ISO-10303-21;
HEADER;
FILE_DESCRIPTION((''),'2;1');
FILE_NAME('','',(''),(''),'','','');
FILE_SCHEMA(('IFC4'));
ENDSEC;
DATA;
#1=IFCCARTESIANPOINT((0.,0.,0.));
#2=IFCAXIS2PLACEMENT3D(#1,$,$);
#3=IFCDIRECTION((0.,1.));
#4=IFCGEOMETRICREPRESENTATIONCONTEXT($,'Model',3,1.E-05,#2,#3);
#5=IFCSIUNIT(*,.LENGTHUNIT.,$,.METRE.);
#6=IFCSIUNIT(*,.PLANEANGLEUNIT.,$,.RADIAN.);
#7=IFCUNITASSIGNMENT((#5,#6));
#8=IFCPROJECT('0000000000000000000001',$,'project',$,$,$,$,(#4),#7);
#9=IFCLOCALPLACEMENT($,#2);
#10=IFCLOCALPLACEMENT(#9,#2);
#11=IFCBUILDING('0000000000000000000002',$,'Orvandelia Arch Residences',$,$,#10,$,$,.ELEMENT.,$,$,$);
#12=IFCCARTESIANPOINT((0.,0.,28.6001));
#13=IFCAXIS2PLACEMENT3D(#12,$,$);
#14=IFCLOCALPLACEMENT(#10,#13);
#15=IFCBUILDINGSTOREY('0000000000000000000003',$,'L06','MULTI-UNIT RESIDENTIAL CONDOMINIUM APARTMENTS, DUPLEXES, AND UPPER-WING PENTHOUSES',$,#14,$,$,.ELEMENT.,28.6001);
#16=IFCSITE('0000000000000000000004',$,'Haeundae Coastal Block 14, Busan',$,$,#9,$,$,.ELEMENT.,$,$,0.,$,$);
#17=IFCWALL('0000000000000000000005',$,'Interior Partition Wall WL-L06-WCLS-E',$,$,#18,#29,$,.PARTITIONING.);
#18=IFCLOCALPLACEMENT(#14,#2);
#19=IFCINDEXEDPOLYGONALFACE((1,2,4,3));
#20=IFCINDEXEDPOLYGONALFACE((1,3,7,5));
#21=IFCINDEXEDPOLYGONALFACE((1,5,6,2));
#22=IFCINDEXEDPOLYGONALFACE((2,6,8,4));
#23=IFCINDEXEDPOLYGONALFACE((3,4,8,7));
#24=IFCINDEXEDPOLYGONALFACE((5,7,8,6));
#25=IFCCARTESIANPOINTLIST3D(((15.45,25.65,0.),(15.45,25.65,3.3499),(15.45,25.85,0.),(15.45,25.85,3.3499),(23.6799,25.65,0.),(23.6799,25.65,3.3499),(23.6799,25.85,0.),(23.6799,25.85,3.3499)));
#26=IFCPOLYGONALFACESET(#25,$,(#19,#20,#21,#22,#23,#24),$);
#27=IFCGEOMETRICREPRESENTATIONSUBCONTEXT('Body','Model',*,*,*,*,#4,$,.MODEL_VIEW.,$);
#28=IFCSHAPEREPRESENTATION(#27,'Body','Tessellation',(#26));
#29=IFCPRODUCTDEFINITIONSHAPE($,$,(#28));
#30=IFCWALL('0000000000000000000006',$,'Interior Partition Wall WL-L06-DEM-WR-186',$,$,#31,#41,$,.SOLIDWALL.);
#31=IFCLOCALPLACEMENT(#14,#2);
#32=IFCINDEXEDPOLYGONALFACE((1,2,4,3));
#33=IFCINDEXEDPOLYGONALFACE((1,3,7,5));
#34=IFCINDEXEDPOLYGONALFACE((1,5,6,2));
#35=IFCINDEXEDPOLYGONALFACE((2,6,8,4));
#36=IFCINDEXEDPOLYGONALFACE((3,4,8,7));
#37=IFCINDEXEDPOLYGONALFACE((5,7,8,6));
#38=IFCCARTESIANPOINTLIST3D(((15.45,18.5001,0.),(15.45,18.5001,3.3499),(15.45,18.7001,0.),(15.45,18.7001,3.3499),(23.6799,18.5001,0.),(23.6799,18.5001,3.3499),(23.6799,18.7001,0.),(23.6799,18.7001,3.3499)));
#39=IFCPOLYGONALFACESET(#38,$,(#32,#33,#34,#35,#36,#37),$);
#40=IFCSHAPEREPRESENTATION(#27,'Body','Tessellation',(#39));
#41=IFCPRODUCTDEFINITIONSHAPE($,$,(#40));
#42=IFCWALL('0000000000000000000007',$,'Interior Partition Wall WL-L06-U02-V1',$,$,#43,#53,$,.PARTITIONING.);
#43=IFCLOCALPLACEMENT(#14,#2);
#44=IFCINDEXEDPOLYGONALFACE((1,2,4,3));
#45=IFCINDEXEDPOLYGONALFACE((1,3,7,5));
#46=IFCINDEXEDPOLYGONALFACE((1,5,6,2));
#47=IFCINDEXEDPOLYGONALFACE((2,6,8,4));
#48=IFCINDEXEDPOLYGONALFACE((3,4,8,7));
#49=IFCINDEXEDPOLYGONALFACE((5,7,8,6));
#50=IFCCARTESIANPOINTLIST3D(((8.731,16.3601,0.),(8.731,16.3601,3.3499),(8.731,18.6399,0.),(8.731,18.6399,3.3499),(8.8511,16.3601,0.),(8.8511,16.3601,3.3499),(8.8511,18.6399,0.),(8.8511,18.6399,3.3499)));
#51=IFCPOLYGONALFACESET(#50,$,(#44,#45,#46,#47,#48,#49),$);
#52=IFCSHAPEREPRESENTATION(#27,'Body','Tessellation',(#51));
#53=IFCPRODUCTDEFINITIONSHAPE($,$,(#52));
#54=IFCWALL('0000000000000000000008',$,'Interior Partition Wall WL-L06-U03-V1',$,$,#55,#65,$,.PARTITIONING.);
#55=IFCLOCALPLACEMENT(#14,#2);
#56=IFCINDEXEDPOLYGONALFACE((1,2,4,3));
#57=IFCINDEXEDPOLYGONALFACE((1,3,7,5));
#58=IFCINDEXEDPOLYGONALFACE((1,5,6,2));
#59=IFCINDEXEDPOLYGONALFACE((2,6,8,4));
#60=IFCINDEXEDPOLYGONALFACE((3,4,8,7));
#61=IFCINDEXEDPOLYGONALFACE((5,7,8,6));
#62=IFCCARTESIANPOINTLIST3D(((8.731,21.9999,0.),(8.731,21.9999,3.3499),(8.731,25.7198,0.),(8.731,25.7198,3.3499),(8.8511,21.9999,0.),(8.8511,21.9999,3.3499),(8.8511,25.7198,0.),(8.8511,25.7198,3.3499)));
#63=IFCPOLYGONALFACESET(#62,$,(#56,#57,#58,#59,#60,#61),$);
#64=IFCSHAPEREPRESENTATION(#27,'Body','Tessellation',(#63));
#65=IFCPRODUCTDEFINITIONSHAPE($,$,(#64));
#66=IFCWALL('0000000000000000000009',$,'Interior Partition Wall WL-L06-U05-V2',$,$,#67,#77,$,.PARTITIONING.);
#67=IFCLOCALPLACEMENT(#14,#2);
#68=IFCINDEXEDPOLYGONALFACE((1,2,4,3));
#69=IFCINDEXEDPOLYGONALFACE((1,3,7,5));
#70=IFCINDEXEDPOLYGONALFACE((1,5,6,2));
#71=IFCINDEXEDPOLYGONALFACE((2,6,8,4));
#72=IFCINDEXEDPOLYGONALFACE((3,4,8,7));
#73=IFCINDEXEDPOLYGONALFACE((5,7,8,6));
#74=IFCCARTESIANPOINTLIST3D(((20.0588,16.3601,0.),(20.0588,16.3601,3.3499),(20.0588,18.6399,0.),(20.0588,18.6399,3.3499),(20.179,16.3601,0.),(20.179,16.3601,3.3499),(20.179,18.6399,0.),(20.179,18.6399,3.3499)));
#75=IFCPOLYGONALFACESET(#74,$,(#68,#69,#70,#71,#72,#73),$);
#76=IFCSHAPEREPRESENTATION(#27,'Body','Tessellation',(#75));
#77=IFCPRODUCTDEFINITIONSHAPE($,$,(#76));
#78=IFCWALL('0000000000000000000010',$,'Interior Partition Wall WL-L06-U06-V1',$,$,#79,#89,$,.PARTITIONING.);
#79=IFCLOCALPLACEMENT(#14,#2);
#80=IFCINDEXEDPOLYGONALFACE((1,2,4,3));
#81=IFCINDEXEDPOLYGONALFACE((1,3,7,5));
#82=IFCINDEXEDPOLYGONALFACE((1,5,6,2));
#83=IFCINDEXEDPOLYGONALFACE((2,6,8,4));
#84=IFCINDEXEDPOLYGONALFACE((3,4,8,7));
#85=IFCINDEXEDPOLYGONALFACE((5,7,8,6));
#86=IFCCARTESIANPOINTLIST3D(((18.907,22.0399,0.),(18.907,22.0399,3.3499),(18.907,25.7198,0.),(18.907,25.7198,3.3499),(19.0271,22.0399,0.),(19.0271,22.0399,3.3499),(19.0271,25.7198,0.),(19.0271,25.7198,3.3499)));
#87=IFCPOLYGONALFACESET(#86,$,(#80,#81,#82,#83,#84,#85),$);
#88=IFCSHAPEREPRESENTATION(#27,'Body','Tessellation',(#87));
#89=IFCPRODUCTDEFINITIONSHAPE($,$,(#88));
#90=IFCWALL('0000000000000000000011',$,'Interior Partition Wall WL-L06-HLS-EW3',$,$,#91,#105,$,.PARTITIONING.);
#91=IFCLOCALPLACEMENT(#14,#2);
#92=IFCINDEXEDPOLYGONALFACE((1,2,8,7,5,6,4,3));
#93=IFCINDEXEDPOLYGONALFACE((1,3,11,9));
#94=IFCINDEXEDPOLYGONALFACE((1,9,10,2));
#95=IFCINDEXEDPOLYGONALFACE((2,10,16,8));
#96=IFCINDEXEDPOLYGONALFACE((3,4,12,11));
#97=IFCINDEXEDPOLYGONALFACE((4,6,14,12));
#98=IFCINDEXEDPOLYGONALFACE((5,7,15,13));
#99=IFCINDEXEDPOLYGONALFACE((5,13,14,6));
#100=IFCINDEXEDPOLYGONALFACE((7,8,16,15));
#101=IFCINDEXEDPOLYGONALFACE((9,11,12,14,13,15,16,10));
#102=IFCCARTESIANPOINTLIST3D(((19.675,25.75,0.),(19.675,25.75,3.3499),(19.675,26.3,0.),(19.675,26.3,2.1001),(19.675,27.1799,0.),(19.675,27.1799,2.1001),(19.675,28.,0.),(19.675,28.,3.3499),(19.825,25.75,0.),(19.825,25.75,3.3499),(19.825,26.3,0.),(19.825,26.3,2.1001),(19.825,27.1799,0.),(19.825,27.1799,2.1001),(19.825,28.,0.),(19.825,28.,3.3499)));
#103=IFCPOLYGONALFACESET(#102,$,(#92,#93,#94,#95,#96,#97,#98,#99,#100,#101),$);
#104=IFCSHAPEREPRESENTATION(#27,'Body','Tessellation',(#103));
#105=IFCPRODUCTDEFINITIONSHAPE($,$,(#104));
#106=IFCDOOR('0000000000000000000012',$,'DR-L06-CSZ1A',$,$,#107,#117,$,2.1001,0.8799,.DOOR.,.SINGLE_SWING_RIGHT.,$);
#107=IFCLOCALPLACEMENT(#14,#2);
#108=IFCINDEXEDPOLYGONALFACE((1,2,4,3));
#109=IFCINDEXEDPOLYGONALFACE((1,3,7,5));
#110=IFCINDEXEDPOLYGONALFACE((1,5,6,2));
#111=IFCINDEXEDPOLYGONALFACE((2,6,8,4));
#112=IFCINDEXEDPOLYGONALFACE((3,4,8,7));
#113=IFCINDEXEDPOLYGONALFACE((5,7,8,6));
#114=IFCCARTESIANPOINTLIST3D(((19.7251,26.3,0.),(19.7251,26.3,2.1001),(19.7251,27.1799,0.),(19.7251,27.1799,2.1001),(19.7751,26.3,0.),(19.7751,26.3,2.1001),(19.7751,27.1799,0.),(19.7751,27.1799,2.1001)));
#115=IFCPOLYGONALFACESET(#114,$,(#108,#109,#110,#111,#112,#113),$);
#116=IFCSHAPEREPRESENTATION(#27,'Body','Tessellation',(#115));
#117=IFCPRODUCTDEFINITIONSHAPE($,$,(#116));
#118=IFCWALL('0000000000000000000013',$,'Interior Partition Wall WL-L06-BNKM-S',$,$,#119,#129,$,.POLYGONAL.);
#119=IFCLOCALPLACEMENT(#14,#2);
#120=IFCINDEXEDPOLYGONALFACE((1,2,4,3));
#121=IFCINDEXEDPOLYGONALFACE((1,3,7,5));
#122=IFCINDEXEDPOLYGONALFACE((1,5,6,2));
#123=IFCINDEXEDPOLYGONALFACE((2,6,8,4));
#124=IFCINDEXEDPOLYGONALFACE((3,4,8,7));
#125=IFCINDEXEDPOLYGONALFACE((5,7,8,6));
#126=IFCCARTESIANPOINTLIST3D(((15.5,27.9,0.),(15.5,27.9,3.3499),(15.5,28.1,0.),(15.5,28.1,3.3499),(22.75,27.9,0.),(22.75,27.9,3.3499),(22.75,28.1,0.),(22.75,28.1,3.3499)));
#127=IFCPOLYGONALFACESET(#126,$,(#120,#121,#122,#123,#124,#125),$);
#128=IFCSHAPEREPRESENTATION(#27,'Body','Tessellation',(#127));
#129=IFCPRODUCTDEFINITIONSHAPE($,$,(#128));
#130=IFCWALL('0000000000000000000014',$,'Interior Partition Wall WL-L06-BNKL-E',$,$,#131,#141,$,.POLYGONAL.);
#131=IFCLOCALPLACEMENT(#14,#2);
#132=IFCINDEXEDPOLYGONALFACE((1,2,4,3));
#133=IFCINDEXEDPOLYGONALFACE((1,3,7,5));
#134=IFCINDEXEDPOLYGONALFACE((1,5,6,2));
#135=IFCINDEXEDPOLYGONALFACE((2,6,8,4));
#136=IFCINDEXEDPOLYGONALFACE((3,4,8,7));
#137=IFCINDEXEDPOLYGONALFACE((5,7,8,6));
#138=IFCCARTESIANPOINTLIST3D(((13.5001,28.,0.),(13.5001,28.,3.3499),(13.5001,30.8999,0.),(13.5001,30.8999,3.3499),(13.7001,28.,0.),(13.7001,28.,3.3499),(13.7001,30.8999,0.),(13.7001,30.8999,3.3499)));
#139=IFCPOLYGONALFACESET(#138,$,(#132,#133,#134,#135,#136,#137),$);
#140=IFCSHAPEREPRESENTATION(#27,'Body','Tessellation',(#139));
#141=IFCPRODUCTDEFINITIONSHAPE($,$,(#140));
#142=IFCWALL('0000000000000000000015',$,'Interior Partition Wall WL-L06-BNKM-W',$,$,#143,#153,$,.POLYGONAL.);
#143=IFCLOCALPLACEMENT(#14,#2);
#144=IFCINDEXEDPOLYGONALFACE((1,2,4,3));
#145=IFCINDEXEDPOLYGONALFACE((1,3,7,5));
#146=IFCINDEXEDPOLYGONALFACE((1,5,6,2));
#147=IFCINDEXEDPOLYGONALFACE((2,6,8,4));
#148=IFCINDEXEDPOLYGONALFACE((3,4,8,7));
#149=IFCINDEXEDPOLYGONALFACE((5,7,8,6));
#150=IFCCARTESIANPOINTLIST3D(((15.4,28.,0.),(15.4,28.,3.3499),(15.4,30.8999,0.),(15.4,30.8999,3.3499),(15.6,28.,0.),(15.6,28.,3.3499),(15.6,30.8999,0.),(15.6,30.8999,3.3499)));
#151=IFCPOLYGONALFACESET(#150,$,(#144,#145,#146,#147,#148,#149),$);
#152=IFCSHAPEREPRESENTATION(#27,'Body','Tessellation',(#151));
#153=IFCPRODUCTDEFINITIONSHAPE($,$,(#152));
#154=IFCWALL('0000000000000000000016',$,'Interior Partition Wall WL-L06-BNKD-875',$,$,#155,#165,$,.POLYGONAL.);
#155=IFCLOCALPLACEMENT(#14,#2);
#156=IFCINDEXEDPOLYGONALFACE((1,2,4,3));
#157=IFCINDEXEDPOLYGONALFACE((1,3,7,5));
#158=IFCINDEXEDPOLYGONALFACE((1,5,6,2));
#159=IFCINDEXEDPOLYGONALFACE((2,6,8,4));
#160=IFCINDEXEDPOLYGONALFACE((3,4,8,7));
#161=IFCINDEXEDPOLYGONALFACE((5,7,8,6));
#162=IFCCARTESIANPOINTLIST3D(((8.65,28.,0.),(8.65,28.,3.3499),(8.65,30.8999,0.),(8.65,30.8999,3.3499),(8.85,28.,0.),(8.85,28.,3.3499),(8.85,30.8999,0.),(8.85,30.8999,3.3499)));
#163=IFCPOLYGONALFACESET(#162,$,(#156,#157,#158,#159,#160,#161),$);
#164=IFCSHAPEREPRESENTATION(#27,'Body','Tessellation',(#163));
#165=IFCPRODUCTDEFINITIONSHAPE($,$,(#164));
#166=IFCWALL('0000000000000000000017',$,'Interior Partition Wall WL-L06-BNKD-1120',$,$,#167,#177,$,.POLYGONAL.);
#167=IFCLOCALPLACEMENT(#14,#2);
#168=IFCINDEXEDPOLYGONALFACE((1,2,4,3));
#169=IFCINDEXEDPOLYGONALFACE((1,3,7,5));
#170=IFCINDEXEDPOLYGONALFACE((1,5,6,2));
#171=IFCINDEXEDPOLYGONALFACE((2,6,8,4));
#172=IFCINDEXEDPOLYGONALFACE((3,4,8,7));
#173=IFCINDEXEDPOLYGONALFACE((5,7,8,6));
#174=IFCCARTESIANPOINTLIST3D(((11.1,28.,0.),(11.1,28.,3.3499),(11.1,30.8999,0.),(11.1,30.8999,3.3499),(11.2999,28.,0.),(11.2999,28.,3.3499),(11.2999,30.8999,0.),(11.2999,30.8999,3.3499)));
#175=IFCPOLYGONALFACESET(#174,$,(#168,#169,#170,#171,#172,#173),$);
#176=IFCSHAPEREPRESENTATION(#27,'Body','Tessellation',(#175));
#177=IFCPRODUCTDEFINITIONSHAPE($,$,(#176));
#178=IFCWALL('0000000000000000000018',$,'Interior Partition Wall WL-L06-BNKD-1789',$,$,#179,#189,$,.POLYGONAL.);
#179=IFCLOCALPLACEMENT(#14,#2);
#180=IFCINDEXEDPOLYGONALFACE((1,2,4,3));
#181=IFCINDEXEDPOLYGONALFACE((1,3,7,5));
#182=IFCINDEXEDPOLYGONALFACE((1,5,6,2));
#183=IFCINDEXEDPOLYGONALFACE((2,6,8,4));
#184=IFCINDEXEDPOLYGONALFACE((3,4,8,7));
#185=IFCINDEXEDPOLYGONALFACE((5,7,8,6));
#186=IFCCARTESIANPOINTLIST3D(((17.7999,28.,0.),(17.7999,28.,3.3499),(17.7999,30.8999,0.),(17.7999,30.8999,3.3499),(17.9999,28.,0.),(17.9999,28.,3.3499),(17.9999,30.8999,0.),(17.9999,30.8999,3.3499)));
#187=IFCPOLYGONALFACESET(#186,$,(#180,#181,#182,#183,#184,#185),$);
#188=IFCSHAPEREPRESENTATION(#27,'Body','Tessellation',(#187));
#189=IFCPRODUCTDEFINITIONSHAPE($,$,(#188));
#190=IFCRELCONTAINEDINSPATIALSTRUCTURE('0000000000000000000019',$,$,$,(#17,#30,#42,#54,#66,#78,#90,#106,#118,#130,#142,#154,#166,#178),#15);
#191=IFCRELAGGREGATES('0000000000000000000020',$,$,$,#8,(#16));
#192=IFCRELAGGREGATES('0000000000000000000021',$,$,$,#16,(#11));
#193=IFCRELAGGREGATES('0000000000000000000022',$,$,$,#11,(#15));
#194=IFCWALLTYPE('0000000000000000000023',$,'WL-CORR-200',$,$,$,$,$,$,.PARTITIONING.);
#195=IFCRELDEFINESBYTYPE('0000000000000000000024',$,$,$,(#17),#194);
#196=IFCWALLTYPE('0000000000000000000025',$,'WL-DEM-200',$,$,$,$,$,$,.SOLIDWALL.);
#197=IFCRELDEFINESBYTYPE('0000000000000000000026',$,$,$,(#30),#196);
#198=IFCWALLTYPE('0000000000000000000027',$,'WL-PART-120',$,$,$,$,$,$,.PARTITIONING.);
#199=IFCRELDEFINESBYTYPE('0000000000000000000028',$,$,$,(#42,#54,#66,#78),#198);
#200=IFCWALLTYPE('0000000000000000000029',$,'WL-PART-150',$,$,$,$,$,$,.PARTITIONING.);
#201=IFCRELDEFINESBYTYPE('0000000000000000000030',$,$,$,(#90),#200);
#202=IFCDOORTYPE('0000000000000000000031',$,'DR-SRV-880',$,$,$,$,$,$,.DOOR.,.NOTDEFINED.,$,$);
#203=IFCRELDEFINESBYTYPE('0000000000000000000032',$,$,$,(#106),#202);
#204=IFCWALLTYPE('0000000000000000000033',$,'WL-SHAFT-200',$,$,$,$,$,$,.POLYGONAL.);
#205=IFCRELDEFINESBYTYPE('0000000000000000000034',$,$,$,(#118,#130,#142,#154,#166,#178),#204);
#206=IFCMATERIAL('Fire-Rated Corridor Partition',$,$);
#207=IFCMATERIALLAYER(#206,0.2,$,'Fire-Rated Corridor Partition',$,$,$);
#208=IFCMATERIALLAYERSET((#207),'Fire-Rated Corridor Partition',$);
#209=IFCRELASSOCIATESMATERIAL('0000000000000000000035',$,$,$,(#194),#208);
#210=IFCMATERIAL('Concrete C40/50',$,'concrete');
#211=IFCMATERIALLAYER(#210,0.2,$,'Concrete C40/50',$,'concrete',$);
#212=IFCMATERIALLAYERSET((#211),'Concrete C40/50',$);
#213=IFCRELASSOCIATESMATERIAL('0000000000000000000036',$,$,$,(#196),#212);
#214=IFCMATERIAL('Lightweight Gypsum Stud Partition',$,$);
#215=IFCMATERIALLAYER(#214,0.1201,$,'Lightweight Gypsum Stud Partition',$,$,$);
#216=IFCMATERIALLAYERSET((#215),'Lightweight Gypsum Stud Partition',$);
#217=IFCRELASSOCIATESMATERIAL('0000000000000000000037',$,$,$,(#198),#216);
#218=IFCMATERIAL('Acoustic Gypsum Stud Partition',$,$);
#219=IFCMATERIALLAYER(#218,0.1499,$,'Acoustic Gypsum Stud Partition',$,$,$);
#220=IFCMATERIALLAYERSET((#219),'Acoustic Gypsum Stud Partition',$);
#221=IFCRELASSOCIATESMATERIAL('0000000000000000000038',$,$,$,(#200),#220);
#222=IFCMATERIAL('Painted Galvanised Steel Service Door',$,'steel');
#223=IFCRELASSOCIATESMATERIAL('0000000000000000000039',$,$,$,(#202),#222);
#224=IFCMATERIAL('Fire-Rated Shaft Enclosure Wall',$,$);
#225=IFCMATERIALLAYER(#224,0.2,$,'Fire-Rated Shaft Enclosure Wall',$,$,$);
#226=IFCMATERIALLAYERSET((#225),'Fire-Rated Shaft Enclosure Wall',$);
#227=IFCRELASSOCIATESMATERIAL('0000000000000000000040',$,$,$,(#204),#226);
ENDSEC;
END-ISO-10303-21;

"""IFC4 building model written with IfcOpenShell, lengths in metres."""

from ifc_helpers import new_model, si_unit, direction, frame, frame_2d, origin, place, context, subcontext, project, spatial, rectangle, extrude, material, layer, layer_set, type_object, element, fill, save


model = new_model("IFC4")

# Units and contexts
model_context = context("Model", 3, precision=1e-05, world=origin(), true_north=direction((0.0, 1.0)))
body_context = subcontext(model_context, "Body", "Model", "MODEL_VIEW")
ifc_project = project(units=[si_unit("LENGTHUNIT", "METRE"), si_unit("PLANEANGLEUNIT", "RADIAN")], contexts=[model_context])

# Site, building, storey
site_placement = place(None, origin())
site = spatial("IfcSite", under=ifc_project, at=site_placement, Name="Haeundae Coastal Block 14, Busan", CompositionType="ELEMENT", RefElevation=0.0)
building_placement = place(site_placement, origin())
building = spatial("IfcBuilding", under=site, at=building_placement, Name="Orvandelia Arch Residences", CompositionType="ELEMENT")
storey_placement = place(building_placement, frame((0.0, 0.0, 28.6001)))
storey = spatial("IfcBuildingStorey", under=building, at=storey_placement, Name="L06", Description="MULTI-UNIT RESIDENTIAL CONDOMINIUM APARTMENTS, DUPLEXES, AND UPPER-WING PENTHOUSES", CompositionType="ELEMENT", Elevation=28.6001)

# Walls
ifc_material_1 = material(Name="Fire-Rated Corridor Partition")
ifc_layer_1 = layer(ifc_material_1, 0.2, Name="Fire-Rated Corridor Partition")
ifc_layer_set_1 = layer_set([ifc_layer_1], Name="Fire-Rated Corridor Partition")
wall_type_1 = type_object("IfcWallType", Name="WL-CORR-200", PredefinedType="PARTITIONING", material=ifc_layer_set_1)
wall_1_placement = place(storey_placement, frame((15.45, 25.75, 0.0), z_axis=(0.0, 0.0, 1.0), x_axis=(1.0, 0.0, 0.0)))
element("IfcWall", 1, at=wall_1_placement, inside=storey, type_object=wall_type_1, Name="Interior Partition Wall WL-L06-WCLS-E", PredefinedType="PARTITIONING", context=body_context, shape_type="SweptSolid", body=[
    extrude(rectangle(XDim=8.23, YDim=0.2, at=frame_2d((4.115, 0.0))), origin(), (0.0, 0.0, 1.0), 3.3499),
])
ifc_material_2 = material(Name="Concrete C40/50", Category="concrete")
ifc_layer_2 = layer(ifc_material_2, 0.2, Name="Concrete C40/50", Category="concrete")
ifc_layer_set_2 = layer_set([ifc_layer_2], Name="Concrete C40/50")
wall_type_2 = type_object("IfcWallType", Name="WL-DEM-200", PredefinedType="SOLIDWALL", material=ifc_layer_set_2)
wall_2_placement = place(storey_placement, frame((15.45, 18.6001, 0.0), z_axis=(0.0, 0.0, 1.0), x_axis=(1.0, 0.0, 0.0)))
element("IfcWall", 2, at=wall_2_placement, inside=storey, type_object=wall_type_2, Name="Interior Partition Wall WL-L06-DEM-WR-186", PredefinedType="SOLIDWALL", context=body_context, shape_type="SweptSolid", body=[
    extrude(rectangle(XDim=8.23, YDim=0.2, at=frame_2d((4.115, 0.0))), origin(), (0.0, 0.0, 1.0), 3.3499),
])
ifc_material_3 = material(Name="Lightweight Gypsum Stud Partition")
ifc_layer_3 = layer(ifc_material_3, 0.1201, Name="Lightweight Gypsum Stud Partition")
ifc_layer_set_3 = layer_set([ifc_layer_3], Name="Lightweight Gypsum Stud Partition")
wall_type_3 = type_object("IfcWallType", Name="WL-PART-120", PredefinedType="PARTITIONING", material=ifc_layer_set_3)
wall_3_placement = place(storey_placement, frame((8.791, 16.3601, 0.0), z_axis=(0.0, 0.0, 1.0), x_axis=(0.0, 1.0, 0.0)))
element("IfcWall", 3, at=wall_3_placement, inside=storey, type_object=wall_type_3, Name="Interior Partition Wall WL-L06-U02-V1", PredefinedType="PARTITIONING", context=body_context, shape_type="SweptSolid", body=[
    extrude(rectangle(XDim=2.2798, YDim=0.1201, at=frame_2d((1.1399, 0.0))), origin(), (0.0, 0.0, 1.0), 3.3499),
])
wall_4_placement = place(storey_placement, frame((8.791, 22.0, 0.0), z_axis=(0.0, 0.0, 1.0), x_axis=(0.0, 1.0, 0.0)))
element("IfcWall", 4, at=wall_4_placement, inside=storey, type_object=wall_type_3, Name="Interior Partition Wall WL-L06-U03-V1", PredefinedType="PARTITIONING", context=body_context, shape_type="SweptSolid", body=[
    extrude(rectangle(XDim=3.72, YDim=0.1201, at=frame_2d((1.8599, 0.0))), origin(), (0.0, 0.0, 1.0), 3.3499),
])
wall_5_placement = place(storey_placement, frame((20.1189, 16.3601, 0.0), z_axis=(0.0, 0.0, 1.0), x_axis=(0.0, 1.0, 0.0)))
element("IfcWall", 5, at=wall_5_placement, inside=storey, type_object=wall_type_3, Name="Interior Partition Wall WL-L06-U05-V2", PredefinedType="PARTITIONING", context=body_context, shape_type="SweptSolid", body=[
    extrude(rectangle(XDim=2.2798, YDim=0.1201, at=frame_2d((1.1399, 0.0))), origin(), (0.0, 0.0, 1.0), 3.3499),
])
wall_6_placement = place(storey_placement, frame((18.967, 22.04, 0.0), z_axis=(0.0, 0.0, 1.0), x_axis=(0.0, 1.0, 0.0)))
element("IfcWall", 6, at=wall_6_placement, inside=storey, type_object=wall_type_3, Name="Interior Partition Wall WL-L06-U06-V1", PredefinedType="PARTITIONING", context=body_context, shape_type="SweptSolid", body=[
    extrude(rectangle(XDim=3.6799, YDim=0.1201, at=frame_2d((1.8398, 0.0))), origin(), (0.0, 0.0, 1.0), 3.3499),
])

# Wall, opening, door
ifc_material_4 = material(Name="Acoustic Gypsum Stud Partition")
ifc_layer_4 = layer(ifc_material_4, 0.1499, Name="Acoustic Gypsum Stud Partition")
ifc_layer_set_4 = layer_set([ifc_layer_4], Name="Acoustic Gypsum Stud Partition")
wall_type_4 = type_object("IfcWallType", Name="WL-PART-150", PredefinedType="PARTITIONING", material=ifc_layer_set_4)
wall_7_placement = place(storey_placement, frame((19.75, 25.75, 0.0), z_axis=(0.0, 0.0, 1.0), x_axis=(0.0, 1.0, 0.0)))
wall_7 = element("IfcWall", 7, at=wall_7_placement, inside=storey, type_object=wall_type_4, Name="Interior Partition Wall WL-L06-HLS-EW3", PredefinedType="PARTITIONING", context=body_context, shape_type="SweptSolid", body=[
    extrude(rectangle(XDim=2.25, YDim=0.1499, at=frame_2d((1.125, 0.0))), origin(), (0.0, 0.0, 1.0), 3.3499),
])
opening_1_placement = place(wall_7_placement, frame((0.55, 0.0, 0.0)))
opening_1 = element("IfcOpeningElement", 8, at=opening_1_placement, cuts=wall_7, PredefinedType="OPENING", context=body_context, shape_type="SweptSolid", body=[
    extrude(rectangle(XDim=0.8799, YDim=2.1001, at=frame_2d((0.4399, 1.05))), frame((0.0, 0.085, 0.0), z_axis=(0.0, -1.0, 0.0), x_axis=(1.0, 0.0, 0.0)), (0.0, 0.0, 1.0), 0.1699),
])
ifc_material_5 = material(Name="Painted Galvanised Steel Service Door", Category="steel")
door_type_1 = type_object("IfcDoorType", Name="DR-SRV-880", OperationType="NOTDEFINED", PredefinedType="DOOR", material=ifc_material_5)
door_1_placement = place(opening_1_placement, origin())
door_1 = element("IfcDoor", 9, at=door_1_placement, inside=storey, type_object=door_type_1, Name="DR-L06-CSZ1A", OperationType="SINGLE_SWING_RIGHT", OverallHeight=2.1001, OverallWidth=0.8799, PredefinedType="DOOR", context=body_context, shape_type="SweptSolid", body=[
    extrude(rectangle(XDim=0.8799, YDim=2.1001, at=frame_2d((0.4399, 1.05))), frame((0.0, 0.0249, 0.0), z_axis=(0.0, -1.0, 0.0), x_axis=(1.0, 0.0, 0.0)), (0.0, 0.0, 1.0), 0.05),
])
fill(opening_1, door_1)

# Walls
ifc_material_6 = material(Name="Fire-Rated Shaft Enclosure Wall")
ifc_layer_5 = layer(ifc_material_6, 0.2, Name="Fire-Rated Shaft Enclosure Wall")
ifc_layer_set_5 = layer_set([ifc_layer_5], Name="Fire-Rated Shaft Enclosure Wall")
wall_type_5 = type_object("IfcWallType", Name="WL-SHAFT-200", PredefinedType="POLYGONAL", material=ifc_layer_set_5)
wall_8_placement = place(storey_placement, frame((15.5, 28.0, 0.0), z_axis=(0.0, 0.0, 1.0), x_axis=(1.0, 0.0, 0.0)))
element("IfcWall", 10, at=wall_8_placement, inside=storey, type_object=wall_type_5, Name="Interior Partition Wall WL-L06-BNKM-S", PredefinedType="POLYGONAL", context=body_context, shape_type="SweptSolid", body=[
    extrude(rectangle(XDim=7.25, YDim=0.2, at=frame_2d((3.625, 0.0))), origin(), (0.0, 0.0, 1.0), 3.3499),
])
for number, where, z_axis, x_axis, name in (
    (11, (13.6001, 28.0, 0.0), (0.0, 0.0, 1.0), (0.0, 1.0, 0.0), "Interior Partition Wall WL-L06-BNKL-E"),
    (12, (15.5, 28.0, 0.0), (0.0, 0.0, 1.0), (0.0, 1.0, 0.0), "Interior Partition Wall WL-L06-BNKM-W"),
    (13, (8.75, 28.0, 0.0), (0.0, 0.0, 1.0), (0.0, 1.0, 0.0), "Interior Partition Wall WL-L06-BNKD-875"),
    (14, (11.2, 28.0, 0.0), (0.0, 0.0, 1.0), (0.0, 1.0, 0.0), "Interior Partition Wall WL-L06-BNKD-1120"),
    (15, (17.8999, 28.0, 0.0), (0.0, 0.0, 1.0), (0.0, 1.0, 0.0), "Interior Partition Wall WL-L06-BNKD-1789"),
):
    element("IfcWall", number, at=place(storey_placement, frame(where, z_axis=z_axis, x_axis=x_axis)), inside=storey, type_object=wall_type_5, Name=name, PredefinedType="POLYGONAL", context=body_context, shape_type="SweptSolid", body=[
        extrude(rectangle(XDim=2.8999, YDim=0.2, at=frame_2d((1.45, 0.0))), origin(), (0.0, 0.0, 1.0), 3.3499),
    ])

save(model, "model.ifc")
